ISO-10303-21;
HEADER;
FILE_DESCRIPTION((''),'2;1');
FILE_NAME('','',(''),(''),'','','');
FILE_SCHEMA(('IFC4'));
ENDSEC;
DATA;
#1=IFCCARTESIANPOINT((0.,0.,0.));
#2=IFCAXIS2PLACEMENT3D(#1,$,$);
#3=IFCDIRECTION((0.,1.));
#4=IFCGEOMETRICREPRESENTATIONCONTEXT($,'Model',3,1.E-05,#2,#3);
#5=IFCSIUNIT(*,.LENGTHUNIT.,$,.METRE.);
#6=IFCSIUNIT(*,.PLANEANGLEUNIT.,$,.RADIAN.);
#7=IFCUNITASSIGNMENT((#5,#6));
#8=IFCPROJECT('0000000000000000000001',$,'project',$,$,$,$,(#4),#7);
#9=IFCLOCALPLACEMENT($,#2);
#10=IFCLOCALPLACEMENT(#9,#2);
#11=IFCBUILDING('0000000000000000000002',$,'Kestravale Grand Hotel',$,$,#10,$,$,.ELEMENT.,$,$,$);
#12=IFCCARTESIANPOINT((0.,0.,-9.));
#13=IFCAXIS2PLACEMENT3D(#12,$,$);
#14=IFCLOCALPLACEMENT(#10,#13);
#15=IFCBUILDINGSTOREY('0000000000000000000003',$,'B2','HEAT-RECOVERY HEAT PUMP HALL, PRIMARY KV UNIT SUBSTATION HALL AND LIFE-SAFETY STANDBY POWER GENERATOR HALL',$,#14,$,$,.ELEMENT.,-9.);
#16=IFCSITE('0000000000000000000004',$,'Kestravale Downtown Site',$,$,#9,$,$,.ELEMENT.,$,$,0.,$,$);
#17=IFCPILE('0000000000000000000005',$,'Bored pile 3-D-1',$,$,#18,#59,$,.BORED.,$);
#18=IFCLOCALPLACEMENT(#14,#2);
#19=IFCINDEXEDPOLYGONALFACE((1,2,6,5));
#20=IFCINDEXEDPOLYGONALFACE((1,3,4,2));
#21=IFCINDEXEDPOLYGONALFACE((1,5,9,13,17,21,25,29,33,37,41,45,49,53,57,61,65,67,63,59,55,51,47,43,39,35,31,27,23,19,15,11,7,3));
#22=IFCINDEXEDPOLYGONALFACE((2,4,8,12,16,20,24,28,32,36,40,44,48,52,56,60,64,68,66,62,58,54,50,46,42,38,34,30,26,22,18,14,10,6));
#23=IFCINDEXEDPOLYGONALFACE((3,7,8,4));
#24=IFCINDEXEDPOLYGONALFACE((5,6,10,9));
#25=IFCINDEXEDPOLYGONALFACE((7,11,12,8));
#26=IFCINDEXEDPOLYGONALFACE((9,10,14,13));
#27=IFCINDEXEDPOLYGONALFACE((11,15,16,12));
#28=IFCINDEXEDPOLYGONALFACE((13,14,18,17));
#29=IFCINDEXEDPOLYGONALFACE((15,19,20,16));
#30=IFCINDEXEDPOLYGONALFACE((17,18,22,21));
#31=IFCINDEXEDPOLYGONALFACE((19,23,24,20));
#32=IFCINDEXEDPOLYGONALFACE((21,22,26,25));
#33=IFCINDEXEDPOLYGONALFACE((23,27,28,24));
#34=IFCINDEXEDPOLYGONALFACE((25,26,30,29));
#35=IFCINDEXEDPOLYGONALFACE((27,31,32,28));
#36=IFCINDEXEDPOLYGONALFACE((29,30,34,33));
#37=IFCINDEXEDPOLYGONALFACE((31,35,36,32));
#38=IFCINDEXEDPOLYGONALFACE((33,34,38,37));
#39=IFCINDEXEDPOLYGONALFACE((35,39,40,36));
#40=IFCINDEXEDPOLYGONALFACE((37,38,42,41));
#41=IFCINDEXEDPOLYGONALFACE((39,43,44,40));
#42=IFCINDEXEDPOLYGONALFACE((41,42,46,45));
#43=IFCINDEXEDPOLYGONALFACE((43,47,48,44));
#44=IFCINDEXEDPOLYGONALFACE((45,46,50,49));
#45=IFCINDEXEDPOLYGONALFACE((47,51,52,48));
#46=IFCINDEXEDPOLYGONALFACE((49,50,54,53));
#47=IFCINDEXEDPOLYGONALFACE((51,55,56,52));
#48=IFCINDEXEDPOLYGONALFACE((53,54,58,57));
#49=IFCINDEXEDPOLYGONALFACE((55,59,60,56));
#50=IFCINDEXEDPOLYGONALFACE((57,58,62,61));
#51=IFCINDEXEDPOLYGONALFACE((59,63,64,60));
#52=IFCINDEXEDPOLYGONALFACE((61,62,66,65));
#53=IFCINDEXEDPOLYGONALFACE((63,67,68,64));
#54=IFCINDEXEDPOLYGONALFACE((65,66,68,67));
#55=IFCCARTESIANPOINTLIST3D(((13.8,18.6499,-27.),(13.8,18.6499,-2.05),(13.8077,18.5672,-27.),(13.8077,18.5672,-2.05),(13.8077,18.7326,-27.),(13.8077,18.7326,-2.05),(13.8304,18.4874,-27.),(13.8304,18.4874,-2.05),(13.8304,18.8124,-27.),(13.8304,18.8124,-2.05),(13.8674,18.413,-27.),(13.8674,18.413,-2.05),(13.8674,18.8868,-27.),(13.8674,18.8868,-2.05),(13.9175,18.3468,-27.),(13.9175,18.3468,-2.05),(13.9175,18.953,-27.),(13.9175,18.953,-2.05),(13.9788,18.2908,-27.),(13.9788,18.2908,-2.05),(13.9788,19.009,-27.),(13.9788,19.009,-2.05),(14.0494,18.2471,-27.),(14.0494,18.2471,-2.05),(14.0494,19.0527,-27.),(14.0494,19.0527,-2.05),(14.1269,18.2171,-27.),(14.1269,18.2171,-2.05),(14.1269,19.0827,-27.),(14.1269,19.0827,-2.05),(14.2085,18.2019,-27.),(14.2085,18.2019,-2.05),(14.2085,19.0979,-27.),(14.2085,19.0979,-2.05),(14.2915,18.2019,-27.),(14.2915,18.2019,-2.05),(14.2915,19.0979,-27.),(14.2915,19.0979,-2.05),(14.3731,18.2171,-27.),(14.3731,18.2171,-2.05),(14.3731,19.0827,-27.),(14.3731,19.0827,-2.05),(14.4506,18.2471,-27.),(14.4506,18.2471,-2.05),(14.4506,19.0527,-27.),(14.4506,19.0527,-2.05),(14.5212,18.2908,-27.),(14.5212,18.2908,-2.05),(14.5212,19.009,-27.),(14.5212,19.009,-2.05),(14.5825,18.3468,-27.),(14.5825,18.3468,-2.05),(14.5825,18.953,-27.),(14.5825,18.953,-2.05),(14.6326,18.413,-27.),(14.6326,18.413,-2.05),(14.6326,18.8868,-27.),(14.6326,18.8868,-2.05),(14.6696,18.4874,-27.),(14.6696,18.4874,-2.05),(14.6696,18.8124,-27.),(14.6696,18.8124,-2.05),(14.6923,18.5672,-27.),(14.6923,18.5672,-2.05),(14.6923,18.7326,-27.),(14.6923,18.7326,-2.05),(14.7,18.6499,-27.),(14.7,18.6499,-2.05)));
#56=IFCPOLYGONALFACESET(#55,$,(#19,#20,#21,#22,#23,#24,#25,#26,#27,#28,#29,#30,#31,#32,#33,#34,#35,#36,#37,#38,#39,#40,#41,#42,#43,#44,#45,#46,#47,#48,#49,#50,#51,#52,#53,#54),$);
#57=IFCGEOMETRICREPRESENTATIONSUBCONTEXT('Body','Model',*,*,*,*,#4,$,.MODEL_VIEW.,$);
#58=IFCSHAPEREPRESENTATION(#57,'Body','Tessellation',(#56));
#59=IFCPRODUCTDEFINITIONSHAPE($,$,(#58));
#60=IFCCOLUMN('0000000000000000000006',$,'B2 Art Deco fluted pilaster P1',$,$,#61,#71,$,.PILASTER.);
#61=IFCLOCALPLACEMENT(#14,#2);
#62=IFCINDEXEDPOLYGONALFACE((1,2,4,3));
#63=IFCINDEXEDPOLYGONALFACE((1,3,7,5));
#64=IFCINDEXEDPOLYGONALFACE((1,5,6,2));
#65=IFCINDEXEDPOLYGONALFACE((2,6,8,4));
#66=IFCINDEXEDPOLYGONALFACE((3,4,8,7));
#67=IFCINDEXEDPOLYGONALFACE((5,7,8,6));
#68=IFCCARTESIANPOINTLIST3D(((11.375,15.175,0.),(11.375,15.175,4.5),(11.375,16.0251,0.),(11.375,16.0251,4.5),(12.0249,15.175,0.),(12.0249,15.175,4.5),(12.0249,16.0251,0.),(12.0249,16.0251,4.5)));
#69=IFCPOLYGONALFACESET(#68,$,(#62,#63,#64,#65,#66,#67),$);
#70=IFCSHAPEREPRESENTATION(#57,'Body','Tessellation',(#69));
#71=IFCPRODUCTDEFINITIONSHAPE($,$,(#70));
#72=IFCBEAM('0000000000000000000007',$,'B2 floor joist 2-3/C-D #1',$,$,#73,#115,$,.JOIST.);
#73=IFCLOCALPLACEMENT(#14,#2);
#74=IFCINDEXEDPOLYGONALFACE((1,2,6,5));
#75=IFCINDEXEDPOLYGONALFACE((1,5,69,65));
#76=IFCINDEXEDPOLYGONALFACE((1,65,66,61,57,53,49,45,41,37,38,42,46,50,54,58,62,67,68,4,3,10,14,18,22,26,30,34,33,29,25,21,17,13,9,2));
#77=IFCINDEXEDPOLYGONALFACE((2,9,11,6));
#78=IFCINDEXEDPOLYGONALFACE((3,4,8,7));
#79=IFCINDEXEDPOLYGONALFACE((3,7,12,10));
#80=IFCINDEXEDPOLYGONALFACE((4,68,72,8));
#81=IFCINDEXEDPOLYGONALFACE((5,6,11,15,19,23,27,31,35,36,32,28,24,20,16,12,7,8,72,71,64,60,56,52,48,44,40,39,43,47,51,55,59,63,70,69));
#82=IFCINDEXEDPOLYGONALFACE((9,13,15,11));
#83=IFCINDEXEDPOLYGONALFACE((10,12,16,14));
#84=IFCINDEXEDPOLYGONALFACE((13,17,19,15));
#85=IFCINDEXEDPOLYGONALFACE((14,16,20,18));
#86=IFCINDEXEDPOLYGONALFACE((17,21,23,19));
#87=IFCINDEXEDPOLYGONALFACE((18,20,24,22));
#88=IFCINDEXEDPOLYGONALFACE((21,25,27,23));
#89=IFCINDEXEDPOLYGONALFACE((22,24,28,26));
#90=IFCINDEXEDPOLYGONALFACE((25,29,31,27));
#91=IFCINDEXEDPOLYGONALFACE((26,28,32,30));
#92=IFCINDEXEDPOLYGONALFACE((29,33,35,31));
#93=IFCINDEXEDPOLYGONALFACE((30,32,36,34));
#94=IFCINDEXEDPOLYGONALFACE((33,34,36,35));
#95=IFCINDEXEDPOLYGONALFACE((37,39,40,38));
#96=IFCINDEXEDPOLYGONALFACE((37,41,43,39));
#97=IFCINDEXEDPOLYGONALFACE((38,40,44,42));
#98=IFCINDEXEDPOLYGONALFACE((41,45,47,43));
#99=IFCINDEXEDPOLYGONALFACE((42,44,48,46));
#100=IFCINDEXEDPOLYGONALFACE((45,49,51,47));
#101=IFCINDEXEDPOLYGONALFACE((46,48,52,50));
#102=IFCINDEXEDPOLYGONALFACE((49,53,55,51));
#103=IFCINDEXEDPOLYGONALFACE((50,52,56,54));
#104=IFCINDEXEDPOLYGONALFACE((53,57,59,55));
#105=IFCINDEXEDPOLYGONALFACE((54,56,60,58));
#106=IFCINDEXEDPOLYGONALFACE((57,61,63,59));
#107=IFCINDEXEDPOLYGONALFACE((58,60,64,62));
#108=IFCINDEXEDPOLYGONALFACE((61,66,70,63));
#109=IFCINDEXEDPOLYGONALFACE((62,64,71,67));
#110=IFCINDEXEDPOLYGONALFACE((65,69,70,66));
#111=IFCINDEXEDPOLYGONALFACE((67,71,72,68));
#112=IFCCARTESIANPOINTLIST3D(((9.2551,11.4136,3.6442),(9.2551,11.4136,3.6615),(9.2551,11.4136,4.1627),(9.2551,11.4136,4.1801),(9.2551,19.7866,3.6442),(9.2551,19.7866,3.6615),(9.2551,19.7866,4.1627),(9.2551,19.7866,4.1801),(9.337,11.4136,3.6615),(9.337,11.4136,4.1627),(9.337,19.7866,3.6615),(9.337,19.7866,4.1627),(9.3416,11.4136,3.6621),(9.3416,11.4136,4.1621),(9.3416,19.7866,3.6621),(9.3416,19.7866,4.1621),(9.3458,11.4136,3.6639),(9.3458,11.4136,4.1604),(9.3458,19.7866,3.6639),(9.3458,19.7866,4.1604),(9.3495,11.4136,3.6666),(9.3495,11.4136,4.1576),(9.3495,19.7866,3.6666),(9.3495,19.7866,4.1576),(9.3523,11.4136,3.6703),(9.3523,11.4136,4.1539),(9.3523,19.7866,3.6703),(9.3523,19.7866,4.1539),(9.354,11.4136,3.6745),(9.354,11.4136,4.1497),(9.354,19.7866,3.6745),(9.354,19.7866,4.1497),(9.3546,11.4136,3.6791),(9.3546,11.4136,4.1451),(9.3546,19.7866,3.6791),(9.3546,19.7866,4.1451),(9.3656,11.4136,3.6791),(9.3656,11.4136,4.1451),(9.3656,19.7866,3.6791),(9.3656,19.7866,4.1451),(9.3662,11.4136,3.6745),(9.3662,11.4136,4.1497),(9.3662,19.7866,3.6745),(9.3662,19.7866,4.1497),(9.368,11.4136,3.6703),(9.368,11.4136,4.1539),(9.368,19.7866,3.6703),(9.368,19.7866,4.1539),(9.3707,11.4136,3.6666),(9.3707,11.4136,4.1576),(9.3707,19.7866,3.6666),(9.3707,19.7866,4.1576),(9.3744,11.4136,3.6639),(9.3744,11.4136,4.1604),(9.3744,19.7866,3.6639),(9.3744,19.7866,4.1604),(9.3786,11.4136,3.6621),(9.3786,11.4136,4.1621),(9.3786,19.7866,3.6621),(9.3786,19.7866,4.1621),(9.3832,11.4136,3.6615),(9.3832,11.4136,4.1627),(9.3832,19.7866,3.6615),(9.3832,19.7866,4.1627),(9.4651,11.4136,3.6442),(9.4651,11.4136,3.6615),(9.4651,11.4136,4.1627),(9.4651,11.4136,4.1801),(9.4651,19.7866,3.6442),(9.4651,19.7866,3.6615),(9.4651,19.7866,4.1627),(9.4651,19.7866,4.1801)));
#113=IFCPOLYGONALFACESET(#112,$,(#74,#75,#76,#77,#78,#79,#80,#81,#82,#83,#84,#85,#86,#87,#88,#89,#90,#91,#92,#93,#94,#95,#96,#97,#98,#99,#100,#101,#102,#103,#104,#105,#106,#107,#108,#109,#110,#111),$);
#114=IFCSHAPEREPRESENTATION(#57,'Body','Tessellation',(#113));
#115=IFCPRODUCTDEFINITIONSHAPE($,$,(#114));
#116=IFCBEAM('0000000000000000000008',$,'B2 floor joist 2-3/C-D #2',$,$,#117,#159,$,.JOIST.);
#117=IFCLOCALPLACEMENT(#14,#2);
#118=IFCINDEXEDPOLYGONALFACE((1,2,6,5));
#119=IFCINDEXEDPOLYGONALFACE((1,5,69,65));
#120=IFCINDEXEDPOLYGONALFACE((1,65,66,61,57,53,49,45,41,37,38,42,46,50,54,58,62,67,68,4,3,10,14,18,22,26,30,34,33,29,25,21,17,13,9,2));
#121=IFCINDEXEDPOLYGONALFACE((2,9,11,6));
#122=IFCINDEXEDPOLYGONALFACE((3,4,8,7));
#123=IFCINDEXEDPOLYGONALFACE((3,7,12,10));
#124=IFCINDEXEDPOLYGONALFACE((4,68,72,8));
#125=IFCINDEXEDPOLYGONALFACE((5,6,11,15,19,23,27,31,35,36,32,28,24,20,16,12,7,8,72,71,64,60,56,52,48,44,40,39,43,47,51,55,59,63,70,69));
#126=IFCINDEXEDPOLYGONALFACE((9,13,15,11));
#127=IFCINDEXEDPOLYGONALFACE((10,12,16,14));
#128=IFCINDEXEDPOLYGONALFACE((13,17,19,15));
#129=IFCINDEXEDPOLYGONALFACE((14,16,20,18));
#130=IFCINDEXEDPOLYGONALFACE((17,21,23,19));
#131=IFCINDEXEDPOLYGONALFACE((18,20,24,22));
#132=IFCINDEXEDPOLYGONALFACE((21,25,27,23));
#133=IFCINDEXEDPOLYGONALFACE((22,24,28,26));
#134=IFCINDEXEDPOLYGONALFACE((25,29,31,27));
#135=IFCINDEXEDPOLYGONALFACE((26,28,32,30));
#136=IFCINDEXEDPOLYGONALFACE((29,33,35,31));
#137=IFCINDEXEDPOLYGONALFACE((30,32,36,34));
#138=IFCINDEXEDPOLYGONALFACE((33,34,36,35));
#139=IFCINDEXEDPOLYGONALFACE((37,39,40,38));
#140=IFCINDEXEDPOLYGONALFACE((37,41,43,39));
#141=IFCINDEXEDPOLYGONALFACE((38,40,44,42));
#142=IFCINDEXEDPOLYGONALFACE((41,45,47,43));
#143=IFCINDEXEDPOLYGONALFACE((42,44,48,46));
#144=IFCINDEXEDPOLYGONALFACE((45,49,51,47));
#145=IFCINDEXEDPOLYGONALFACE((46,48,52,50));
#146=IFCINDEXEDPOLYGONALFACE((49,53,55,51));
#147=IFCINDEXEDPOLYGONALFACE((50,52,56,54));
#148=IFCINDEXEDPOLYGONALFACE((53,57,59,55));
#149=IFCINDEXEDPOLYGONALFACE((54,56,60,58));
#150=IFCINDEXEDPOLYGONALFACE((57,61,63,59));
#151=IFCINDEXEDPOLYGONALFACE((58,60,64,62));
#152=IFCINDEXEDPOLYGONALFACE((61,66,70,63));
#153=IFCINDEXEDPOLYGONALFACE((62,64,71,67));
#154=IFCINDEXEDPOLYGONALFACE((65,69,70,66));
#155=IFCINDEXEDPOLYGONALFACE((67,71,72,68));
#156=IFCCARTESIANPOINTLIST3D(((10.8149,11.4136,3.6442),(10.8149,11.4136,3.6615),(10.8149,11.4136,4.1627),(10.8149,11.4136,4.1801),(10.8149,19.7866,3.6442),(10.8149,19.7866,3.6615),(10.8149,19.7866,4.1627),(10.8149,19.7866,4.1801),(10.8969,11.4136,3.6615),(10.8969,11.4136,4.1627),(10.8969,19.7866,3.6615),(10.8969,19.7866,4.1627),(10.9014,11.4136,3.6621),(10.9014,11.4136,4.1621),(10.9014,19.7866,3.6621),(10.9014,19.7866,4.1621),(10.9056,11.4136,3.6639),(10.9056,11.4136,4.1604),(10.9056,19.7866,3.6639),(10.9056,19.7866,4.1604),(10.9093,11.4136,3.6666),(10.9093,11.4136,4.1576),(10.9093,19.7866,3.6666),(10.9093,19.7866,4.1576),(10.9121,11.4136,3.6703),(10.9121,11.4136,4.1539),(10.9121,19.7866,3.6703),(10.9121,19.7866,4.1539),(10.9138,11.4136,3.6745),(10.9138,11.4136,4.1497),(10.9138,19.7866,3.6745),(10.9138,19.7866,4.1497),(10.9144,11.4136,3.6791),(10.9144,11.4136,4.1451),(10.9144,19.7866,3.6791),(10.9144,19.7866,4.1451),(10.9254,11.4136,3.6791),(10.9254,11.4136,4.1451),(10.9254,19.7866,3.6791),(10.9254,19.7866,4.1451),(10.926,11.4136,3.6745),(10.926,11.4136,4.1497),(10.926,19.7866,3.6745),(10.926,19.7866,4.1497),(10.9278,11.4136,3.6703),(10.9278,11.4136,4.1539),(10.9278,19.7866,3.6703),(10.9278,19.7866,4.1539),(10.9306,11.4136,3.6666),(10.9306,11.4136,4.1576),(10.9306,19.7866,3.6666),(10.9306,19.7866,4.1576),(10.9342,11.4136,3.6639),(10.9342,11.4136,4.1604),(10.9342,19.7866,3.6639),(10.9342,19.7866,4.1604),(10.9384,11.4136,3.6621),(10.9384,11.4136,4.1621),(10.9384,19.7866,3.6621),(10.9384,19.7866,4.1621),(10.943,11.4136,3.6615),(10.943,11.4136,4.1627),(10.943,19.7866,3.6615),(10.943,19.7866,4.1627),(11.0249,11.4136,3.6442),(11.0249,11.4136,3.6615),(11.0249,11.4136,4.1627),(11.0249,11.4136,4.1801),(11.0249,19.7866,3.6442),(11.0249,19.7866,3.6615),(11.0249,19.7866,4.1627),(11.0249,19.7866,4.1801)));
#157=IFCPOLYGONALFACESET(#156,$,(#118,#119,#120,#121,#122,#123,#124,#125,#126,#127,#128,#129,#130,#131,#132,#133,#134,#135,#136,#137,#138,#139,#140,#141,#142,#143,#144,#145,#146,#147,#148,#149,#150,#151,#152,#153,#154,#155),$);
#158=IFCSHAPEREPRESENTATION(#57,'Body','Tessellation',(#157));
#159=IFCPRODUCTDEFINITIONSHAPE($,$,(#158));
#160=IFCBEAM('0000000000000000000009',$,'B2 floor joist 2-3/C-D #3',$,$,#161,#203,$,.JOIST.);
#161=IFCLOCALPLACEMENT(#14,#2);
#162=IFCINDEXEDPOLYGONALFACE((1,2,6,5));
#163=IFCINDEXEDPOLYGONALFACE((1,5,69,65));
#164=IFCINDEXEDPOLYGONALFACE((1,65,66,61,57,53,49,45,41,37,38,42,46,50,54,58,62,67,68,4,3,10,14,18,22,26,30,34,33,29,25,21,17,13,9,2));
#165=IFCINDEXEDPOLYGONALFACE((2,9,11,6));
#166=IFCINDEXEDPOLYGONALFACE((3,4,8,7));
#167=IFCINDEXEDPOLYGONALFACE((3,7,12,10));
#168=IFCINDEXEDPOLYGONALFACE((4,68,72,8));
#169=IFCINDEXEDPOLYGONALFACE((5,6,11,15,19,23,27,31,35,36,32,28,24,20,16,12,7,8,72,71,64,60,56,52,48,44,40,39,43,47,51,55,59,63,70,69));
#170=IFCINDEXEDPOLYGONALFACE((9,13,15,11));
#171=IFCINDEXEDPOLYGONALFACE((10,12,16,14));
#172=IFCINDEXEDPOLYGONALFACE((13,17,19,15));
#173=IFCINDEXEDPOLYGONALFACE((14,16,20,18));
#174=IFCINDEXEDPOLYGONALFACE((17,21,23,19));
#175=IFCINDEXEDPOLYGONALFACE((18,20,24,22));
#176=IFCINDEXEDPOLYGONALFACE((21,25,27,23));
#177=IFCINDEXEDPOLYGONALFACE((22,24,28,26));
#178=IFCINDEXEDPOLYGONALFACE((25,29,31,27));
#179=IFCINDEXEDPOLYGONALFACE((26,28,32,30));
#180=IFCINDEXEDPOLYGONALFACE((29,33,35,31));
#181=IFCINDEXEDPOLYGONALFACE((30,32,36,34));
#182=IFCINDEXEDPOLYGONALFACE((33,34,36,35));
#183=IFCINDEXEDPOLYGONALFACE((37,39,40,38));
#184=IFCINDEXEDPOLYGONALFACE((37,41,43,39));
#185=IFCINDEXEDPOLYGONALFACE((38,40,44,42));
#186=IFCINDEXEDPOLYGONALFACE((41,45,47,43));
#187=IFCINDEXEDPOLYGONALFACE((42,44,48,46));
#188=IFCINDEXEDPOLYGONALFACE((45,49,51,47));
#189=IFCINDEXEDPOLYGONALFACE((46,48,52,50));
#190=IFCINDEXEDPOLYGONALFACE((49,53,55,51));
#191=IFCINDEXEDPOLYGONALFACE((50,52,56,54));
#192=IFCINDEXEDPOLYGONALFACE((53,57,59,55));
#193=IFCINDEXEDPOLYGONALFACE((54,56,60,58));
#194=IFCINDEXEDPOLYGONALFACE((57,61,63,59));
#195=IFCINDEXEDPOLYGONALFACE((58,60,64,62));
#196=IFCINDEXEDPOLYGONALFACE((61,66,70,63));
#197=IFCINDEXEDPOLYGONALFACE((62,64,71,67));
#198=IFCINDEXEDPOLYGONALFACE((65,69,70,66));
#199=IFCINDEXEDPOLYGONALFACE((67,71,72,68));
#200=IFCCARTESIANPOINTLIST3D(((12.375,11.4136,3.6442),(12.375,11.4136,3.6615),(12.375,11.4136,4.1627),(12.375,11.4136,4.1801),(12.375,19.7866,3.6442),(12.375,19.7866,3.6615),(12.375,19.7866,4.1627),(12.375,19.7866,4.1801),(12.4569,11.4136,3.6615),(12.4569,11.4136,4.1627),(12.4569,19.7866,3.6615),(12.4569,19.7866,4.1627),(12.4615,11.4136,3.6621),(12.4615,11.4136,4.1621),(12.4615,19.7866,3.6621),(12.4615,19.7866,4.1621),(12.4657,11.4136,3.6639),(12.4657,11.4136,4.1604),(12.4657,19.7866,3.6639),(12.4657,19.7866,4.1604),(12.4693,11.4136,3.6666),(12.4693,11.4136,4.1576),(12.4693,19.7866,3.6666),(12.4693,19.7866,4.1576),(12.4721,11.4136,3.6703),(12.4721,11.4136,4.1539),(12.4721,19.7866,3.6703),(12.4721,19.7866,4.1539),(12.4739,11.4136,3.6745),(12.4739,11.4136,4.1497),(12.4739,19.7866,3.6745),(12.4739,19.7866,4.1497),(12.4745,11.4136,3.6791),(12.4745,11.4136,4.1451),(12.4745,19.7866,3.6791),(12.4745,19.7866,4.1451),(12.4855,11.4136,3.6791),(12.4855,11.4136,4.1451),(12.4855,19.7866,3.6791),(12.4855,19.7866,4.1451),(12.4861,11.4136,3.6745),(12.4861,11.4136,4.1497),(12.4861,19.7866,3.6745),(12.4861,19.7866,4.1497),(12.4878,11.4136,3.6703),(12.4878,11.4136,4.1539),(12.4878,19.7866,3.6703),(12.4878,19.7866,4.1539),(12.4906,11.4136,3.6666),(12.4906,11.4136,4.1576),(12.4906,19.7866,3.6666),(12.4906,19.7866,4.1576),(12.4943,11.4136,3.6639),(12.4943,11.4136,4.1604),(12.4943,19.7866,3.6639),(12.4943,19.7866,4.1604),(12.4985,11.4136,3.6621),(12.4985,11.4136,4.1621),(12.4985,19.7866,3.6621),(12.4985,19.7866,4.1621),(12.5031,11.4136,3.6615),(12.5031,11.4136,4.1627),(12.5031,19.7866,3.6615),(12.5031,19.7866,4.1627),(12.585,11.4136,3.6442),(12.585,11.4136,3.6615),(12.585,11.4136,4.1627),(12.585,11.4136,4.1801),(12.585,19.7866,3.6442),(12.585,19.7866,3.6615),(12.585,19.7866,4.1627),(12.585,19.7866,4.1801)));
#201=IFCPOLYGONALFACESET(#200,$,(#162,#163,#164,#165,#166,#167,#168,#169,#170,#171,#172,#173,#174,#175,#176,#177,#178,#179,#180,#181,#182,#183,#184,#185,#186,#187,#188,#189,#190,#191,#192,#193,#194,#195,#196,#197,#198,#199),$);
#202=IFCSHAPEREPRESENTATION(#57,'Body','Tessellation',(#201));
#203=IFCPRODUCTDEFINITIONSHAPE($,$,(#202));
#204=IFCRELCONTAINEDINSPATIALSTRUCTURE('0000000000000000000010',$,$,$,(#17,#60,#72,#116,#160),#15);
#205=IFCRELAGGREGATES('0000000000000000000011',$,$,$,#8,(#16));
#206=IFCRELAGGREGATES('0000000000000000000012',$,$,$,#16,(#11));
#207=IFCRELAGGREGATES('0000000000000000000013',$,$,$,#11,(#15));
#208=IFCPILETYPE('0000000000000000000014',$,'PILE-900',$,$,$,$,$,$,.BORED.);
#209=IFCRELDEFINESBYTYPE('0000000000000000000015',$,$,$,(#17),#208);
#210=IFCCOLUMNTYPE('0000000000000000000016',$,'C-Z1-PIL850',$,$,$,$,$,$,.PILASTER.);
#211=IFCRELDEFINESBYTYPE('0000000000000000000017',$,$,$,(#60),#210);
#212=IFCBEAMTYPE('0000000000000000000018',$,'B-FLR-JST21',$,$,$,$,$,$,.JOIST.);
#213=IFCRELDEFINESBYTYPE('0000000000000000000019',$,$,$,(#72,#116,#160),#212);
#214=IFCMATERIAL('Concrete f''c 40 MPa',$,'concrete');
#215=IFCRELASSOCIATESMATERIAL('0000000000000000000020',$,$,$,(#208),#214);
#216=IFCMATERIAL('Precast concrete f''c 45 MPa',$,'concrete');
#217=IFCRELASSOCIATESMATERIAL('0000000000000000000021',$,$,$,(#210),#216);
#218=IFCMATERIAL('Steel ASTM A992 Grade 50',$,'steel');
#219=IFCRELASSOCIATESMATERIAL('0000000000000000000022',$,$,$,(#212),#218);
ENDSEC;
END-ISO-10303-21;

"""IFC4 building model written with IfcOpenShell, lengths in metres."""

from ifc_helpers import new_model, si_unit, direction, frame, origin, origin_2d, place, context, subcontext, project, spatial, rectangle, circle, i_section, extrude, material, material_profile, profile_set, type_object, element, save


model = new_model("IFC4")

# Units and contexts
model_context = context("Model", 3, precision=1e-05, world=origin(), true_north=direction((0.0, 1.0)))
body_context = subcontext(model_context, "Body", "Model", "MODEL_VIEW")
ifc_project = project(units=[si_unit("LENGTHUNIT", "METRE"), si_unit("PLANEANGLEUNIT", "RADIAN")], contexts=[model_context])

# Site, building, storey
site_placement = place(None, origin())
site = spatial("IfcSite", under=ifc_project, at=site_placement, Name="Kestravale Downtown Site", CompositionType="ELEMENT", RefElevation=0.0)
building_placement = place(site_placement, origin())
building = spatial("IfcBuilding", under=site, at=building_placement, Name="Kestravale Grand Hotel", CompositionType="ELEMENT")
storey_placement = place(building_placement, frame((0.0, 0.0, -9.0)))
storey = spatial("IfcBuildingStorey", under=building, at=storey_placement, Name="B2", Description="HEAT-RECOVERY HEAT PUMP HALL, PRIMARY KV UNIT SUBSTATION HALL AND LIFE-SAFETY STANDBY POWER GENERATOR HALL", CompositionType="ELEMENT", Elevation=-9.0)

# Pile
ifc_material_1 = material(Name="Concrete f'c 40 MPa", Category="concrete")
ifc_material_profile_1 = material_profile(ifc_material_1, circle(Radius=0.45, at=origin_2d()))
ifc_profile_set_1 = profile_set([ifc_material_profile_1], Name="Concrete f'c 40 MPa")
pile_type_1 = type_object("IfcPileType", Name="PILE-900", PredefinedType="BORED", material=ifc_profile_set_1)
for number, where, z_axis, x_axis, name in (
    (1, (14.25, 18.6499, -2.05), (0.0, 0.0, -1.0), (1.0, 0.0, 0.0), "Bored pile 3-D-1"),
):
    element("IfcPile", number, at=place(storey_placement, frame(where, z_axis=z_axis, x_axis=x_axis)), inside=storey, type_object=pile_type_1, Name=name, PredefinedType="BORED", context=body_context, shape_type="SweptSolid", body=[
        extrude(circle(Radius=0.45, at=origin_2d()), origin(), (0.0, 0.0, 1.0), 24.95),
    ])

# Column
ifc_material_2 = material(Name="Precast concrete f'c 45 MPa", Category="concrete")
ifc_material_profile_2 = material_profile(ifc_material_2, rectangle(XDim=0.6499, YDim=0.8501, at=origin_2d()))
ifc_profile_set_2 = profile_set([ifc_material_profile_2], Name="Precast concrete f'c 45 MPa")
column_type = type_object("IfcColumnType", Name="C-Z1-PIL850", PredefinedType="PILASTER", material=ifc_profile_set_2)
column_placement = place(storey_placement, frame((11.7, 15.6001, 0.0), z_axis=(0.0, 0.0, 1.0), x_axis=(1.0, 0.0, 0.0)))
element("IfcColumn", 2, at=column_placement, inside=storey, type_object=column_type, Name="B2 Art Deco fluted pilaster P1", PredefinedType="PILASTER", context=body_context, shape_type="SweptSolid", body=[
    extrude(rectangle(XDim=0.6499, YDim=0.8501, at=origin_2d()), origin(), (0.0, 0.0, 1.0), 4.5),
])

# Beams
ifc_material_3 = material(Name="Steel ASTM A992 Grade 50", Category="steel")
ifc_material_profile_3 = material_profile(ifc_material_3, i_section(OverallWidth=0.21, OverallDepth=0.5359, WebThickness=0.011, FlangeThickness=0.0173, FilletRadius=0.0176, at=origin_2d()))
ifc_profile_set_3 = profile_set([ifc_material_profile_3], Name="Steel ASTM A992 Grade 50")
beam_type_1 = type_object("IfcBeamType", Name="B-FLR-JST21", PredefinedType="JOIST", material=ifc_profile_set_3)
for number, where, z_axis, x_axis, name in (
    (3, (9.3601, 11.4136, 3.9121), (0.0, 1.0, 0.0), (-1.0, 0.0, 0.0), "B2 floor joist 2-3/C-D #1"),
    (4, (10.9199, 11.4136, 3.9121), (0.0, 1.0, 0.0), (-1.0, 0.0, 0.0), "B2 floor joist 2-3/C-D #2"),
    (5, (12.48, 11.4136, 3.9121), (0.0, 1.0, 0.0), (-1.0, 0.0, 0.0), "B2 floor joist 2-3/C-D #3"),
):
    element("IfcBeam", number, at=place(storey_placement, frame(where, z_axis=z_axis, x_axis=x_axis)), inside=storey, type_object=beam_type_1, Name=name, PredefinedType="JOIST", context=body_context, shape_type="SweptSolid", body=[
        extrude(i_section(OverallWidth=0.21, OverallDepth=0.5359, WebThickness=0.011, FlangeThickness=0.0173, FilletRadius=0.0176, at=origin_2d()), origin(), (0.0, 0.0, 1.0), 8.373),
    ])

save(model, "model.ifc")
